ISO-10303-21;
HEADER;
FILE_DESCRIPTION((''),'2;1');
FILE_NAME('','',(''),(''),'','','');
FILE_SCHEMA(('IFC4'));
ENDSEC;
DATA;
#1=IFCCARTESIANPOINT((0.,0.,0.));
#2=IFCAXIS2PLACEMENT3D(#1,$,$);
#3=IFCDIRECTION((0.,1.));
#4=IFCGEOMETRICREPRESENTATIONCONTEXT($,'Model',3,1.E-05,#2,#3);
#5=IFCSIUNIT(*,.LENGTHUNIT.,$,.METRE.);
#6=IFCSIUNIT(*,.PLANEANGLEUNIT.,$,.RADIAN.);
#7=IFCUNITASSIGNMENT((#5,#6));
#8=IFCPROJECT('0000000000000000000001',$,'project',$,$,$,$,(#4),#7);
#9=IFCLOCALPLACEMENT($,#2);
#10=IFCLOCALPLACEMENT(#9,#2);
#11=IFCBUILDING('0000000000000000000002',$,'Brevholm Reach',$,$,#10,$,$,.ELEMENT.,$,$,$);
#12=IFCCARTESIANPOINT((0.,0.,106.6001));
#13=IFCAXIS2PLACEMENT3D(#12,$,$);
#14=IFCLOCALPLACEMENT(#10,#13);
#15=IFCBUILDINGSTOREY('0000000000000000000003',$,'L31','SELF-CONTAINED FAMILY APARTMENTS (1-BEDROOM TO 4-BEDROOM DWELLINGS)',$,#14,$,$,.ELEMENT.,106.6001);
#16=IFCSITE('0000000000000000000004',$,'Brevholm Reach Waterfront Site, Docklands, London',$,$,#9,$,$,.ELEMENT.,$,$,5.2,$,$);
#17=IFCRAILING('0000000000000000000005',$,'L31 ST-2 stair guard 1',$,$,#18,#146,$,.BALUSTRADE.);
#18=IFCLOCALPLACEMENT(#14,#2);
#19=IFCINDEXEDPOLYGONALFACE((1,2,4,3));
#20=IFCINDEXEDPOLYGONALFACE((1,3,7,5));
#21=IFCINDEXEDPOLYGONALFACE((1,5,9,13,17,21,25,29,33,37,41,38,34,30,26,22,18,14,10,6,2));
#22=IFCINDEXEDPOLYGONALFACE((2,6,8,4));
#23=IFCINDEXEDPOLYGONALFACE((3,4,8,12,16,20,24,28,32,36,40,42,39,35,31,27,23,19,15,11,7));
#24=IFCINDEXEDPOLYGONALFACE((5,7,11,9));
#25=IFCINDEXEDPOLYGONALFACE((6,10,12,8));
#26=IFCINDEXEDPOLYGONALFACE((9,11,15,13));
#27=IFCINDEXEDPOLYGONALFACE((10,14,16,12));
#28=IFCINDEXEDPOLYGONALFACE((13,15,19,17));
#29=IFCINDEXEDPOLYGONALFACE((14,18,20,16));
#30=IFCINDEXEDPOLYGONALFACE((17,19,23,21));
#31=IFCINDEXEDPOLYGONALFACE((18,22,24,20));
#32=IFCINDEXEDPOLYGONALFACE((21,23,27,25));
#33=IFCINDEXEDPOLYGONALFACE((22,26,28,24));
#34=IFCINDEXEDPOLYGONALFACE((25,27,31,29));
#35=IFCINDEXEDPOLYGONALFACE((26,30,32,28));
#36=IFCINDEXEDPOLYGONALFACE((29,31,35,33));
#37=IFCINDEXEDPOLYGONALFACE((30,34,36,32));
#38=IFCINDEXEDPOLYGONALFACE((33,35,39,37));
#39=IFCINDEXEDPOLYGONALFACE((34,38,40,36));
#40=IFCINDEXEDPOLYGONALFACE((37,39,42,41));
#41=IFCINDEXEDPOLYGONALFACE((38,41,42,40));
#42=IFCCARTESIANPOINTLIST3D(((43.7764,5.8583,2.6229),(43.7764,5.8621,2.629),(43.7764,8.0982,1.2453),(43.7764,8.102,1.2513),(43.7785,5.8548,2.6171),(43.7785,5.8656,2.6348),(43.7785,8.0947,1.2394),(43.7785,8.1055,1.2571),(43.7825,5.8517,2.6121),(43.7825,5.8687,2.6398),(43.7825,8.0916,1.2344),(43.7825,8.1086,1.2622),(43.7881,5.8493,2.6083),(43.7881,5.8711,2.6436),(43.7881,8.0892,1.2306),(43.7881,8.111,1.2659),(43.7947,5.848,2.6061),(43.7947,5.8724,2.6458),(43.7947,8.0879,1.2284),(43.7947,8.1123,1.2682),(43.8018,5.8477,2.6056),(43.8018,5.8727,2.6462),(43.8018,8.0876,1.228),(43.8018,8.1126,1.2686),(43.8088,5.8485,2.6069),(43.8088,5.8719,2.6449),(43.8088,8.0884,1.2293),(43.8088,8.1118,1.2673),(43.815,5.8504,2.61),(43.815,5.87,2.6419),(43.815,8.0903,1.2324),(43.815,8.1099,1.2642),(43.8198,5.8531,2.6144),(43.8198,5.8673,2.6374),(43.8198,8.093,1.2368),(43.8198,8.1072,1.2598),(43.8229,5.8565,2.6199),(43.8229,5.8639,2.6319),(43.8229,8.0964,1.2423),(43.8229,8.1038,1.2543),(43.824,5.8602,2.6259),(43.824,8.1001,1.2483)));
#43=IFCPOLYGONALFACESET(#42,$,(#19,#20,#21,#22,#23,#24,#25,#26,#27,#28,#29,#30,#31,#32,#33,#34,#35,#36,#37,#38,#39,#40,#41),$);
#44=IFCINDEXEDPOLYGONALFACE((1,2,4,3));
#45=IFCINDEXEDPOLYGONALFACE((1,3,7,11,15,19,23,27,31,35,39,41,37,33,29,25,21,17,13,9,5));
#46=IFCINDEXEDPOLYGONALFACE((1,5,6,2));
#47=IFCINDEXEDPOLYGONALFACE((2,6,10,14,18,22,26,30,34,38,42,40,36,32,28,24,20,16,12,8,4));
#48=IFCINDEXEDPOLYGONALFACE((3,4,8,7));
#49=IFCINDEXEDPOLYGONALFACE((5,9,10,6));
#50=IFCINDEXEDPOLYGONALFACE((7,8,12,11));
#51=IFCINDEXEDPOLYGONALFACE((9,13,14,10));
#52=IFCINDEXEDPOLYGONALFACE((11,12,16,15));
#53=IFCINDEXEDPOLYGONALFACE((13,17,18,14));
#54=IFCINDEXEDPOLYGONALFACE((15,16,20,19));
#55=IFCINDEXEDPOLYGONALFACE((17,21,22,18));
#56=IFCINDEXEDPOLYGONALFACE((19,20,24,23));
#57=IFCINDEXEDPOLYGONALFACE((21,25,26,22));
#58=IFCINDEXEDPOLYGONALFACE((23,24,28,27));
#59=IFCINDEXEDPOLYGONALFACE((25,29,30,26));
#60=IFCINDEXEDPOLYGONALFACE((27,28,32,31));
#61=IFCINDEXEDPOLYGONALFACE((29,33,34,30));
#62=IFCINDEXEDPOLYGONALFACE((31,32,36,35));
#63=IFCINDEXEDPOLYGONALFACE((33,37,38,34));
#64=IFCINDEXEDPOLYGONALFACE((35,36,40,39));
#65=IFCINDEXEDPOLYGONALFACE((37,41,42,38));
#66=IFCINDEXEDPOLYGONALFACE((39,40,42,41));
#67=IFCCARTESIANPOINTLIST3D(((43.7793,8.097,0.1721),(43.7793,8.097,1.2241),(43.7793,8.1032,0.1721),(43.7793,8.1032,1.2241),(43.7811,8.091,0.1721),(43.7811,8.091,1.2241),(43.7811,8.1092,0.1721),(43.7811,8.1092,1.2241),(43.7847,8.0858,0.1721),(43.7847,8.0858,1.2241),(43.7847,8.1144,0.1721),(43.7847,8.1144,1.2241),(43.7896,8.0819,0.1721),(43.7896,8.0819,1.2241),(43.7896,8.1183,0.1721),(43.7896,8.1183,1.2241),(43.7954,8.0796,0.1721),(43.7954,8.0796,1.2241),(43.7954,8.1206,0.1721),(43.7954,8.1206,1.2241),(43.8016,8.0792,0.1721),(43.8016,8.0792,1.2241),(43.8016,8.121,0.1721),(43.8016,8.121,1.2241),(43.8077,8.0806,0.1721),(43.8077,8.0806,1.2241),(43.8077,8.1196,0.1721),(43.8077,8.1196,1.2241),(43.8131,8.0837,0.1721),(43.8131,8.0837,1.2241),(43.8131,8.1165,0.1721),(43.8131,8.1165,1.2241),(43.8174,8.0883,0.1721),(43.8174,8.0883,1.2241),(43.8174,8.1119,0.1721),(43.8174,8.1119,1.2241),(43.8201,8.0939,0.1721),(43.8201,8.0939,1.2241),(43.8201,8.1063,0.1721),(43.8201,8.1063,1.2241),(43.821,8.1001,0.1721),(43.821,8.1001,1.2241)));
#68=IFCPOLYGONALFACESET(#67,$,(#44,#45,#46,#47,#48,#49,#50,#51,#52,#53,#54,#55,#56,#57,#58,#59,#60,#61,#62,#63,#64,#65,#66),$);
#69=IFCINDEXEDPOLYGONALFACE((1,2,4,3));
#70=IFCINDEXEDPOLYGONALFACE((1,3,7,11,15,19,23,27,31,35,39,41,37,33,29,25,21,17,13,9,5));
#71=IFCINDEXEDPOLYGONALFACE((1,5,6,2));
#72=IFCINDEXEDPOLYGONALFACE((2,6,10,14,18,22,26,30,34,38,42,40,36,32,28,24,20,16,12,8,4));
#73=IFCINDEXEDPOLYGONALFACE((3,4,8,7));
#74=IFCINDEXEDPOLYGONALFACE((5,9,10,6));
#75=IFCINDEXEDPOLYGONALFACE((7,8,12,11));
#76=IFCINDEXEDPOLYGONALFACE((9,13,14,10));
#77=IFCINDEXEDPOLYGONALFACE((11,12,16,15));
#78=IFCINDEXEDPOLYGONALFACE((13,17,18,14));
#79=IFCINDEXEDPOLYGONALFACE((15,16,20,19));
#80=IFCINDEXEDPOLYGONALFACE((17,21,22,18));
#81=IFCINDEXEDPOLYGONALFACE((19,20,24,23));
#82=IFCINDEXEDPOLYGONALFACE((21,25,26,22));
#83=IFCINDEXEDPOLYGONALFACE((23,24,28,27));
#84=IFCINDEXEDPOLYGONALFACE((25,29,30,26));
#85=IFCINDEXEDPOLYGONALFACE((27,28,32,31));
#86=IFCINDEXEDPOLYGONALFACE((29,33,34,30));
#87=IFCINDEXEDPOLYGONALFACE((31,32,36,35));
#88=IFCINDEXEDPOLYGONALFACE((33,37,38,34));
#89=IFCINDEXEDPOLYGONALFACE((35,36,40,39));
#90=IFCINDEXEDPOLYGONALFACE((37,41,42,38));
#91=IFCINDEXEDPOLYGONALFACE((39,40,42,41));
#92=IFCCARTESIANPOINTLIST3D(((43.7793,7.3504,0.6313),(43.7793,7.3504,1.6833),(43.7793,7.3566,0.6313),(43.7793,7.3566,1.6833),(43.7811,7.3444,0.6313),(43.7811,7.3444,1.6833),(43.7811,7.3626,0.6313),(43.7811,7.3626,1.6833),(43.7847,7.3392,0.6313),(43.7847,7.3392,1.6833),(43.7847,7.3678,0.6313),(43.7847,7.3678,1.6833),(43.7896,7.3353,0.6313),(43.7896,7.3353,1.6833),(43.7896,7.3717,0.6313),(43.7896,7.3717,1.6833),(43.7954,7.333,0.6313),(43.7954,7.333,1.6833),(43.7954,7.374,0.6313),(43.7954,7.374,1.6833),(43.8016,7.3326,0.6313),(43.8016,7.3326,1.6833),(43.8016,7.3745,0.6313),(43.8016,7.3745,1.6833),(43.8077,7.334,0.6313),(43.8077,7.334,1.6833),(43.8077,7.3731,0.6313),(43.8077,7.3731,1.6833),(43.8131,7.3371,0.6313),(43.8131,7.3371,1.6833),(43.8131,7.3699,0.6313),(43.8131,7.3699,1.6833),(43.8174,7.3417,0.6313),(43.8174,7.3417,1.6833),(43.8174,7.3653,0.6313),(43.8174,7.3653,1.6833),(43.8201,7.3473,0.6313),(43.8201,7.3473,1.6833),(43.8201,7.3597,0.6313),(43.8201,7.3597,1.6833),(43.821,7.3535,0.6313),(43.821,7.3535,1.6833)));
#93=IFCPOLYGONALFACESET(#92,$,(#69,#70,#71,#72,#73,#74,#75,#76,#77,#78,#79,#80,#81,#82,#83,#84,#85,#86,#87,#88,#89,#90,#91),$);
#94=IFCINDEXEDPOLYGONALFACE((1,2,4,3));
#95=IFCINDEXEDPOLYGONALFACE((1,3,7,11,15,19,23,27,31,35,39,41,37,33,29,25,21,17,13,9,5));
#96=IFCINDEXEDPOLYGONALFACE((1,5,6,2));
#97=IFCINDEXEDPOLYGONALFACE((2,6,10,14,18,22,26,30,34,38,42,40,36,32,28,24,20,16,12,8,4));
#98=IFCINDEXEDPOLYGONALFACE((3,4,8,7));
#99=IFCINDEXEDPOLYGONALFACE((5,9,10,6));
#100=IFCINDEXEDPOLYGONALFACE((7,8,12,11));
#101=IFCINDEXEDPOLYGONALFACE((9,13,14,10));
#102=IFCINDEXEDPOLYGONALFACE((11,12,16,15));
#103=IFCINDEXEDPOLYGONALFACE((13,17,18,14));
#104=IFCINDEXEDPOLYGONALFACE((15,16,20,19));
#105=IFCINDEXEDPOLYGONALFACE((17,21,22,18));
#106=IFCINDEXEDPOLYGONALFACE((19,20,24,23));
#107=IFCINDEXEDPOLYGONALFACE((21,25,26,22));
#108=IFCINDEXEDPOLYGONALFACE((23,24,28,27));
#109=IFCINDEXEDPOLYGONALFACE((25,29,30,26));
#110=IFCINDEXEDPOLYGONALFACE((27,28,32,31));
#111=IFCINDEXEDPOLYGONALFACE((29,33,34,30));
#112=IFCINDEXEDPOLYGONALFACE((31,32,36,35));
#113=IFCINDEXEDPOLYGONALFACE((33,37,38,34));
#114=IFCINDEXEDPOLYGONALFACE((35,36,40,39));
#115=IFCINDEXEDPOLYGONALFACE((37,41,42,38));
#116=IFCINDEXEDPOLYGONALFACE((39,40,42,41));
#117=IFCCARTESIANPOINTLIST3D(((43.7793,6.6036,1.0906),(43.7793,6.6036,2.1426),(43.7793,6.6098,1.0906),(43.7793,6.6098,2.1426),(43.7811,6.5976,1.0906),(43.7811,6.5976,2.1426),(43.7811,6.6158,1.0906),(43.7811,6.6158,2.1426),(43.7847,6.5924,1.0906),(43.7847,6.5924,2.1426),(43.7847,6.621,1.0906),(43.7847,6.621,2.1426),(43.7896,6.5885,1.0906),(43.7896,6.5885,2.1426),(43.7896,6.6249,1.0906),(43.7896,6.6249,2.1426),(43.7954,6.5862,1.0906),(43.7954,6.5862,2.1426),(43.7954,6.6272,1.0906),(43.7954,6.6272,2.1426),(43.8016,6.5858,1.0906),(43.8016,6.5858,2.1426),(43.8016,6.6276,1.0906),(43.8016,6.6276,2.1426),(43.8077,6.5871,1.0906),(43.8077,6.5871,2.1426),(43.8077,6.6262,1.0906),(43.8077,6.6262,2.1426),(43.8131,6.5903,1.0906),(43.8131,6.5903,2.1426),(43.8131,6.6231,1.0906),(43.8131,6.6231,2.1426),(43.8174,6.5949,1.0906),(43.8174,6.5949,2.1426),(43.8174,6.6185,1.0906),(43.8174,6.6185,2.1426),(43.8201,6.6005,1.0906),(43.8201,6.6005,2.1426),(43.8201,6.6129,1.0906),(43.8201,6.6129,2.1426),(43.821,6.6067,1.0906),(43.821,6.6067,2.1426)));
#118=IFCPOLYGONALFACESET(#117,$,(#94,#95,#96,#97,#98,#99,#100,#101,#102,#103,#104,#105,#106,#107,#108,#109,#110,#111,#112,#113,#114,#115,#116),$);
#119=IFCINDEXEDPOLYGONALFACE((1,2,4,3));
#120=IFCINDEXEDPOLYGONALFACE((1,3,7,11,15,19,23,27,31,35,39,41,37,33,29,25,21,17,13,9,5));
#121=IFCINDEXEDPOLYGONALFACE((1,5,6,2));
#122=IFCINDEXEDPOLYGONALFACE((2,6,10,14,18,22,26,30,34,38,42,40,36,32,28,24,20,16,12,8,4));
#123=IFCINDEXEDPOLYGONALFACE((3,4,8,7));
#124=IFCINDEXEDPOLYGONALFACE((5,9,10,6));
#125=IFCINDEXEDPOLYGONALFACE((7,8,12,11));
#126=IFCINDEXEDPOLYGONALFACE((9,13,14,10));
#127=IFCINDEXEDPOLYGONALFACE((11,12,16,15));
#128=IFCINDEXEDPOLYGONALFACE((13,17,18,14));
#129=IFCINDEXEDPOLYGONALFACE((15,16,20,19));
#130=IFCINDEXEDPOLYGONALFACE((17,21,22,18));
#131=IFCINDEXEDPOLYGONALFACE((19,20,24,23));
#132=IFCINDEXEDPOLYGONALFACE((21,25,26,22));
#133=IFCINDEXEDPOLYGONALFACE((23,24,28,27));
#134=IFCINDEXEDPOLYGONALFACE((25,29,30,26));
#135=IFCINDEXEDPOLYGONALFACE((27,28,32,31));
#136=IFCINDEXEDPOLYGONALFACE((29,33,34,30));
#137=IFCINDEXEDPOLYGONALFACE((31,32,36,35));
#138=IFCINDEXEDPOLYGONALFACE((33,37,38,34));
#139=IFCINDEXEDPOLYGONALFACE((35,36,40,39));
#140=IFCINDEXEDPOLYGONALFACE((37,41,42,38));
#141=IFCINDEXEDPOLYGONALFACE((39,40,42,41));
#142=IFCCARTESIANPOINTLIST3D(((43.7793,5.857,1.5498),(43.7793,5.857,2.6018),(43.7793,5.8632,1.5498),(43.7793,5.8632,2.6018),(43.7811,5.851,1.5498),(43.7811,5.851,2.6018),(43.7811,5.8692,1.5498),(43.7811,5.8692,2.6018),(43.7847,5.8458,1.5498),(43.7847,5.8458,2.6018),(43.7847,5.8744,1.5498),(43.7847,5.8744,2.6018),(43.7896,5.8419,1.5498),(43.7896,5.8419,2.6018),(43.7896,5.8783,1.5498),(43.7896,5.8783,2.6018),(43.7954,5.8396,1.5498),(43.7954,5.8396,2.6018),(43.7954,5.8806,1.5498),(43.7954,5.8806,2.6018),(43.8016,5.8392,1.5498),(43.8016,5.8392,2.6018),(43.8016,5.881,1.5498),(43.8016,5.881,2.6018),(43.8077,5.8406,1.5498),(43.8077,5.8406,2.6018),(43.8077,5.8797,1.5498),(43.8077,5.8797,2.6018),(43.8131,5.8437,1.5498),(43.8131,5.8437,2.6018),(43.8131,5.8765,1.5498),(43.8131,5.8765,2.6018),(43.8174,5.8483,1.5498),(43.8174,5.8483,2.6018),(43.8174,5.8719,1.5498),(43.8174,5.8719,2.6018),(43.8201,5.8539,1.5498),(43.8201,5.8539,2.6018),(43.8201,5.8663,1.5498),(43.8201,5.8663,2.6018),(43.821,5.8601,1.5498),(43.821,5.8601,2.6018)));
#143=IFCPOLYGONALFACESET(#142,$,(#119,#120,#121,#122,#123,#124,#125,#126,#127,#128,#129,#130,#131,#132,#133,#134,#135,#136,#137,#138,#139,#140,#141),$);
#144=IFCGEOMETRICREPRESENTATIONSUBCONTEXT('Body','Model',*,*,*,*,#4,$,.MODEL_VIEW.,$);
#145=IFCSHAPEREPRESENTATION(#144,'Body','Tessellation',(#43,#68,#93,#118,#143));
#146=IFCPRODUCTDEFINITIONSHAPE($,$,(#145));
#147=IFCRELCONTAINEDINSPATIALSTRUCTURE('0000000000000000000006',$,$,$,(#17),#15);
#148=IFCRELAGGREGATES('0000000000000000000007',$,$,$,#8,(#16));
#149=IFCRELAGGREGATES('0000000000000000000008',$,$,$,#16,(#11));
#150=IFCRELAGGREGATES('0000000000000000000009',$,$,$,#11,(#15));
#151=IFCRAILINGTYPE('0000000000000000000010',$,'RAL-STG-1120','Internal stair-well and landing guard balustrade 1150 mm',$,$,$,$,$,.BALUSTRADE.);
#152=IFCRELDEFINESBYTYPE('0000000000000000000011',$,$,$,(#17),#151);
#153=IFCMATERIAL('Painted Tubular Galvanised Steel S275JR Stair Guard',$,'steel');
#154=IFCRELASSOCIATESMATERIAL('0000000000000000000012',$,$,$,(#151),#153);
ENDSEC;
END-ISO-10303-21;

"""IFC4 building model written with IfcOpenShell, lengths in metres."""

from ifc_helpers import new_model, si_unit, direction, frame, origin, origin_2d, place, context, subcontext, project, spatial, circle, extrude, material, type_object, element, save


model = new_model("IFC4")

# Units and contexts
model_context = context("Model", 3, precision=1e-05, world=origin(), true_north=direction((0.0, 1.0)))
body_context = subcontext(model_context, "Body", "Model", "MODEL_VIEW")
ifc_project = project(units=[si_unit("LENGTHUNIT", "METRE"), si_unit("PLANEANGLEUNIT", "RADIAN")], contexts=[model_context])

# Site, building, storey
site_placement = place(None, origin())
site = spatial("IfcSite", under=ifc_project, at=site_placement, Name="Brevholm Reach Waterfront Site, Docklands, London", CompositionType="ELEMENT", RefElevation=5.2)
building_placement = place(site_placement, origin())
building = spatial("IfcBuilding", under=site, at=building_placement, Name="Brevholm Reach", CompositionType="ELEMENT")
storey_placement = place(building_placement, frame((0.0, 0.0, 106.6001)))
storey = spatial("IfcBuildingStorey", under=building, at=storey_placement, Name="L31", Description="SELF-CONTAINED FAMILY APARTMENTS (1-BEDROOM TO 4-BEDROOM DWELLINGS)", CompositionType="ELEMENT", Elevation=106.6001)

# Railing
ifc_material_1 = material(Name="Painted Tubular Galvanised Steel S275JR Stair Guard", Category="steel")
railing_type_1 = type_object("IfcRailingType", Name="RAL-STG-1120", Description="Internal stair-well and landing guard balustrade 1150 mm", PredefinedType="BALUSTRADE", material=ifc_material_1)
railing_1_placement = place(storey_placement, frame((43.8, 8.1001, 0.1721)))
element("IfcRailing", 1, at=railing_1_placement, inside=storey, type_object=railing_type_1, Name="L31 ST-2 stair guard 1", PredefinedType="BALUSTRADE", context=body_context, shape_type="SweptSolid", body=[
    extrude(circle(Radius=0.0239, at=origin_2d()), frame((0.0, 0.0, 1.0762), z_axis=(0.0, -0.851789, 0.523885), x_axis=(1.0, 0.0, 0.0)), (0.0, 0.0, 1.0), 2.6296),
    extrude(circle(Radius=0.021, at=origin_2d()), origin(), (0.0, 0.0, 1.0), 1.052),
    extrude(circle(Radius=0.021, at=origin_2d()), frame((0.0, -0.7466, 0.4592)), (0.0, 0.0, 1.0), 1.052),
    extrude(circle(Radius=0.021, at=origin_2d()), frame((0.0, -1.4934, 0.9185)), (0.0, 0.0, 1.0), 1.052),
    extrude(circle(Radius=0.021, at=origin_2d()), frame((0.0, -2.24, 1.3777)), (0.0, 0.0, 1.0), 1.052),
])

save(model, "model.ifc")
